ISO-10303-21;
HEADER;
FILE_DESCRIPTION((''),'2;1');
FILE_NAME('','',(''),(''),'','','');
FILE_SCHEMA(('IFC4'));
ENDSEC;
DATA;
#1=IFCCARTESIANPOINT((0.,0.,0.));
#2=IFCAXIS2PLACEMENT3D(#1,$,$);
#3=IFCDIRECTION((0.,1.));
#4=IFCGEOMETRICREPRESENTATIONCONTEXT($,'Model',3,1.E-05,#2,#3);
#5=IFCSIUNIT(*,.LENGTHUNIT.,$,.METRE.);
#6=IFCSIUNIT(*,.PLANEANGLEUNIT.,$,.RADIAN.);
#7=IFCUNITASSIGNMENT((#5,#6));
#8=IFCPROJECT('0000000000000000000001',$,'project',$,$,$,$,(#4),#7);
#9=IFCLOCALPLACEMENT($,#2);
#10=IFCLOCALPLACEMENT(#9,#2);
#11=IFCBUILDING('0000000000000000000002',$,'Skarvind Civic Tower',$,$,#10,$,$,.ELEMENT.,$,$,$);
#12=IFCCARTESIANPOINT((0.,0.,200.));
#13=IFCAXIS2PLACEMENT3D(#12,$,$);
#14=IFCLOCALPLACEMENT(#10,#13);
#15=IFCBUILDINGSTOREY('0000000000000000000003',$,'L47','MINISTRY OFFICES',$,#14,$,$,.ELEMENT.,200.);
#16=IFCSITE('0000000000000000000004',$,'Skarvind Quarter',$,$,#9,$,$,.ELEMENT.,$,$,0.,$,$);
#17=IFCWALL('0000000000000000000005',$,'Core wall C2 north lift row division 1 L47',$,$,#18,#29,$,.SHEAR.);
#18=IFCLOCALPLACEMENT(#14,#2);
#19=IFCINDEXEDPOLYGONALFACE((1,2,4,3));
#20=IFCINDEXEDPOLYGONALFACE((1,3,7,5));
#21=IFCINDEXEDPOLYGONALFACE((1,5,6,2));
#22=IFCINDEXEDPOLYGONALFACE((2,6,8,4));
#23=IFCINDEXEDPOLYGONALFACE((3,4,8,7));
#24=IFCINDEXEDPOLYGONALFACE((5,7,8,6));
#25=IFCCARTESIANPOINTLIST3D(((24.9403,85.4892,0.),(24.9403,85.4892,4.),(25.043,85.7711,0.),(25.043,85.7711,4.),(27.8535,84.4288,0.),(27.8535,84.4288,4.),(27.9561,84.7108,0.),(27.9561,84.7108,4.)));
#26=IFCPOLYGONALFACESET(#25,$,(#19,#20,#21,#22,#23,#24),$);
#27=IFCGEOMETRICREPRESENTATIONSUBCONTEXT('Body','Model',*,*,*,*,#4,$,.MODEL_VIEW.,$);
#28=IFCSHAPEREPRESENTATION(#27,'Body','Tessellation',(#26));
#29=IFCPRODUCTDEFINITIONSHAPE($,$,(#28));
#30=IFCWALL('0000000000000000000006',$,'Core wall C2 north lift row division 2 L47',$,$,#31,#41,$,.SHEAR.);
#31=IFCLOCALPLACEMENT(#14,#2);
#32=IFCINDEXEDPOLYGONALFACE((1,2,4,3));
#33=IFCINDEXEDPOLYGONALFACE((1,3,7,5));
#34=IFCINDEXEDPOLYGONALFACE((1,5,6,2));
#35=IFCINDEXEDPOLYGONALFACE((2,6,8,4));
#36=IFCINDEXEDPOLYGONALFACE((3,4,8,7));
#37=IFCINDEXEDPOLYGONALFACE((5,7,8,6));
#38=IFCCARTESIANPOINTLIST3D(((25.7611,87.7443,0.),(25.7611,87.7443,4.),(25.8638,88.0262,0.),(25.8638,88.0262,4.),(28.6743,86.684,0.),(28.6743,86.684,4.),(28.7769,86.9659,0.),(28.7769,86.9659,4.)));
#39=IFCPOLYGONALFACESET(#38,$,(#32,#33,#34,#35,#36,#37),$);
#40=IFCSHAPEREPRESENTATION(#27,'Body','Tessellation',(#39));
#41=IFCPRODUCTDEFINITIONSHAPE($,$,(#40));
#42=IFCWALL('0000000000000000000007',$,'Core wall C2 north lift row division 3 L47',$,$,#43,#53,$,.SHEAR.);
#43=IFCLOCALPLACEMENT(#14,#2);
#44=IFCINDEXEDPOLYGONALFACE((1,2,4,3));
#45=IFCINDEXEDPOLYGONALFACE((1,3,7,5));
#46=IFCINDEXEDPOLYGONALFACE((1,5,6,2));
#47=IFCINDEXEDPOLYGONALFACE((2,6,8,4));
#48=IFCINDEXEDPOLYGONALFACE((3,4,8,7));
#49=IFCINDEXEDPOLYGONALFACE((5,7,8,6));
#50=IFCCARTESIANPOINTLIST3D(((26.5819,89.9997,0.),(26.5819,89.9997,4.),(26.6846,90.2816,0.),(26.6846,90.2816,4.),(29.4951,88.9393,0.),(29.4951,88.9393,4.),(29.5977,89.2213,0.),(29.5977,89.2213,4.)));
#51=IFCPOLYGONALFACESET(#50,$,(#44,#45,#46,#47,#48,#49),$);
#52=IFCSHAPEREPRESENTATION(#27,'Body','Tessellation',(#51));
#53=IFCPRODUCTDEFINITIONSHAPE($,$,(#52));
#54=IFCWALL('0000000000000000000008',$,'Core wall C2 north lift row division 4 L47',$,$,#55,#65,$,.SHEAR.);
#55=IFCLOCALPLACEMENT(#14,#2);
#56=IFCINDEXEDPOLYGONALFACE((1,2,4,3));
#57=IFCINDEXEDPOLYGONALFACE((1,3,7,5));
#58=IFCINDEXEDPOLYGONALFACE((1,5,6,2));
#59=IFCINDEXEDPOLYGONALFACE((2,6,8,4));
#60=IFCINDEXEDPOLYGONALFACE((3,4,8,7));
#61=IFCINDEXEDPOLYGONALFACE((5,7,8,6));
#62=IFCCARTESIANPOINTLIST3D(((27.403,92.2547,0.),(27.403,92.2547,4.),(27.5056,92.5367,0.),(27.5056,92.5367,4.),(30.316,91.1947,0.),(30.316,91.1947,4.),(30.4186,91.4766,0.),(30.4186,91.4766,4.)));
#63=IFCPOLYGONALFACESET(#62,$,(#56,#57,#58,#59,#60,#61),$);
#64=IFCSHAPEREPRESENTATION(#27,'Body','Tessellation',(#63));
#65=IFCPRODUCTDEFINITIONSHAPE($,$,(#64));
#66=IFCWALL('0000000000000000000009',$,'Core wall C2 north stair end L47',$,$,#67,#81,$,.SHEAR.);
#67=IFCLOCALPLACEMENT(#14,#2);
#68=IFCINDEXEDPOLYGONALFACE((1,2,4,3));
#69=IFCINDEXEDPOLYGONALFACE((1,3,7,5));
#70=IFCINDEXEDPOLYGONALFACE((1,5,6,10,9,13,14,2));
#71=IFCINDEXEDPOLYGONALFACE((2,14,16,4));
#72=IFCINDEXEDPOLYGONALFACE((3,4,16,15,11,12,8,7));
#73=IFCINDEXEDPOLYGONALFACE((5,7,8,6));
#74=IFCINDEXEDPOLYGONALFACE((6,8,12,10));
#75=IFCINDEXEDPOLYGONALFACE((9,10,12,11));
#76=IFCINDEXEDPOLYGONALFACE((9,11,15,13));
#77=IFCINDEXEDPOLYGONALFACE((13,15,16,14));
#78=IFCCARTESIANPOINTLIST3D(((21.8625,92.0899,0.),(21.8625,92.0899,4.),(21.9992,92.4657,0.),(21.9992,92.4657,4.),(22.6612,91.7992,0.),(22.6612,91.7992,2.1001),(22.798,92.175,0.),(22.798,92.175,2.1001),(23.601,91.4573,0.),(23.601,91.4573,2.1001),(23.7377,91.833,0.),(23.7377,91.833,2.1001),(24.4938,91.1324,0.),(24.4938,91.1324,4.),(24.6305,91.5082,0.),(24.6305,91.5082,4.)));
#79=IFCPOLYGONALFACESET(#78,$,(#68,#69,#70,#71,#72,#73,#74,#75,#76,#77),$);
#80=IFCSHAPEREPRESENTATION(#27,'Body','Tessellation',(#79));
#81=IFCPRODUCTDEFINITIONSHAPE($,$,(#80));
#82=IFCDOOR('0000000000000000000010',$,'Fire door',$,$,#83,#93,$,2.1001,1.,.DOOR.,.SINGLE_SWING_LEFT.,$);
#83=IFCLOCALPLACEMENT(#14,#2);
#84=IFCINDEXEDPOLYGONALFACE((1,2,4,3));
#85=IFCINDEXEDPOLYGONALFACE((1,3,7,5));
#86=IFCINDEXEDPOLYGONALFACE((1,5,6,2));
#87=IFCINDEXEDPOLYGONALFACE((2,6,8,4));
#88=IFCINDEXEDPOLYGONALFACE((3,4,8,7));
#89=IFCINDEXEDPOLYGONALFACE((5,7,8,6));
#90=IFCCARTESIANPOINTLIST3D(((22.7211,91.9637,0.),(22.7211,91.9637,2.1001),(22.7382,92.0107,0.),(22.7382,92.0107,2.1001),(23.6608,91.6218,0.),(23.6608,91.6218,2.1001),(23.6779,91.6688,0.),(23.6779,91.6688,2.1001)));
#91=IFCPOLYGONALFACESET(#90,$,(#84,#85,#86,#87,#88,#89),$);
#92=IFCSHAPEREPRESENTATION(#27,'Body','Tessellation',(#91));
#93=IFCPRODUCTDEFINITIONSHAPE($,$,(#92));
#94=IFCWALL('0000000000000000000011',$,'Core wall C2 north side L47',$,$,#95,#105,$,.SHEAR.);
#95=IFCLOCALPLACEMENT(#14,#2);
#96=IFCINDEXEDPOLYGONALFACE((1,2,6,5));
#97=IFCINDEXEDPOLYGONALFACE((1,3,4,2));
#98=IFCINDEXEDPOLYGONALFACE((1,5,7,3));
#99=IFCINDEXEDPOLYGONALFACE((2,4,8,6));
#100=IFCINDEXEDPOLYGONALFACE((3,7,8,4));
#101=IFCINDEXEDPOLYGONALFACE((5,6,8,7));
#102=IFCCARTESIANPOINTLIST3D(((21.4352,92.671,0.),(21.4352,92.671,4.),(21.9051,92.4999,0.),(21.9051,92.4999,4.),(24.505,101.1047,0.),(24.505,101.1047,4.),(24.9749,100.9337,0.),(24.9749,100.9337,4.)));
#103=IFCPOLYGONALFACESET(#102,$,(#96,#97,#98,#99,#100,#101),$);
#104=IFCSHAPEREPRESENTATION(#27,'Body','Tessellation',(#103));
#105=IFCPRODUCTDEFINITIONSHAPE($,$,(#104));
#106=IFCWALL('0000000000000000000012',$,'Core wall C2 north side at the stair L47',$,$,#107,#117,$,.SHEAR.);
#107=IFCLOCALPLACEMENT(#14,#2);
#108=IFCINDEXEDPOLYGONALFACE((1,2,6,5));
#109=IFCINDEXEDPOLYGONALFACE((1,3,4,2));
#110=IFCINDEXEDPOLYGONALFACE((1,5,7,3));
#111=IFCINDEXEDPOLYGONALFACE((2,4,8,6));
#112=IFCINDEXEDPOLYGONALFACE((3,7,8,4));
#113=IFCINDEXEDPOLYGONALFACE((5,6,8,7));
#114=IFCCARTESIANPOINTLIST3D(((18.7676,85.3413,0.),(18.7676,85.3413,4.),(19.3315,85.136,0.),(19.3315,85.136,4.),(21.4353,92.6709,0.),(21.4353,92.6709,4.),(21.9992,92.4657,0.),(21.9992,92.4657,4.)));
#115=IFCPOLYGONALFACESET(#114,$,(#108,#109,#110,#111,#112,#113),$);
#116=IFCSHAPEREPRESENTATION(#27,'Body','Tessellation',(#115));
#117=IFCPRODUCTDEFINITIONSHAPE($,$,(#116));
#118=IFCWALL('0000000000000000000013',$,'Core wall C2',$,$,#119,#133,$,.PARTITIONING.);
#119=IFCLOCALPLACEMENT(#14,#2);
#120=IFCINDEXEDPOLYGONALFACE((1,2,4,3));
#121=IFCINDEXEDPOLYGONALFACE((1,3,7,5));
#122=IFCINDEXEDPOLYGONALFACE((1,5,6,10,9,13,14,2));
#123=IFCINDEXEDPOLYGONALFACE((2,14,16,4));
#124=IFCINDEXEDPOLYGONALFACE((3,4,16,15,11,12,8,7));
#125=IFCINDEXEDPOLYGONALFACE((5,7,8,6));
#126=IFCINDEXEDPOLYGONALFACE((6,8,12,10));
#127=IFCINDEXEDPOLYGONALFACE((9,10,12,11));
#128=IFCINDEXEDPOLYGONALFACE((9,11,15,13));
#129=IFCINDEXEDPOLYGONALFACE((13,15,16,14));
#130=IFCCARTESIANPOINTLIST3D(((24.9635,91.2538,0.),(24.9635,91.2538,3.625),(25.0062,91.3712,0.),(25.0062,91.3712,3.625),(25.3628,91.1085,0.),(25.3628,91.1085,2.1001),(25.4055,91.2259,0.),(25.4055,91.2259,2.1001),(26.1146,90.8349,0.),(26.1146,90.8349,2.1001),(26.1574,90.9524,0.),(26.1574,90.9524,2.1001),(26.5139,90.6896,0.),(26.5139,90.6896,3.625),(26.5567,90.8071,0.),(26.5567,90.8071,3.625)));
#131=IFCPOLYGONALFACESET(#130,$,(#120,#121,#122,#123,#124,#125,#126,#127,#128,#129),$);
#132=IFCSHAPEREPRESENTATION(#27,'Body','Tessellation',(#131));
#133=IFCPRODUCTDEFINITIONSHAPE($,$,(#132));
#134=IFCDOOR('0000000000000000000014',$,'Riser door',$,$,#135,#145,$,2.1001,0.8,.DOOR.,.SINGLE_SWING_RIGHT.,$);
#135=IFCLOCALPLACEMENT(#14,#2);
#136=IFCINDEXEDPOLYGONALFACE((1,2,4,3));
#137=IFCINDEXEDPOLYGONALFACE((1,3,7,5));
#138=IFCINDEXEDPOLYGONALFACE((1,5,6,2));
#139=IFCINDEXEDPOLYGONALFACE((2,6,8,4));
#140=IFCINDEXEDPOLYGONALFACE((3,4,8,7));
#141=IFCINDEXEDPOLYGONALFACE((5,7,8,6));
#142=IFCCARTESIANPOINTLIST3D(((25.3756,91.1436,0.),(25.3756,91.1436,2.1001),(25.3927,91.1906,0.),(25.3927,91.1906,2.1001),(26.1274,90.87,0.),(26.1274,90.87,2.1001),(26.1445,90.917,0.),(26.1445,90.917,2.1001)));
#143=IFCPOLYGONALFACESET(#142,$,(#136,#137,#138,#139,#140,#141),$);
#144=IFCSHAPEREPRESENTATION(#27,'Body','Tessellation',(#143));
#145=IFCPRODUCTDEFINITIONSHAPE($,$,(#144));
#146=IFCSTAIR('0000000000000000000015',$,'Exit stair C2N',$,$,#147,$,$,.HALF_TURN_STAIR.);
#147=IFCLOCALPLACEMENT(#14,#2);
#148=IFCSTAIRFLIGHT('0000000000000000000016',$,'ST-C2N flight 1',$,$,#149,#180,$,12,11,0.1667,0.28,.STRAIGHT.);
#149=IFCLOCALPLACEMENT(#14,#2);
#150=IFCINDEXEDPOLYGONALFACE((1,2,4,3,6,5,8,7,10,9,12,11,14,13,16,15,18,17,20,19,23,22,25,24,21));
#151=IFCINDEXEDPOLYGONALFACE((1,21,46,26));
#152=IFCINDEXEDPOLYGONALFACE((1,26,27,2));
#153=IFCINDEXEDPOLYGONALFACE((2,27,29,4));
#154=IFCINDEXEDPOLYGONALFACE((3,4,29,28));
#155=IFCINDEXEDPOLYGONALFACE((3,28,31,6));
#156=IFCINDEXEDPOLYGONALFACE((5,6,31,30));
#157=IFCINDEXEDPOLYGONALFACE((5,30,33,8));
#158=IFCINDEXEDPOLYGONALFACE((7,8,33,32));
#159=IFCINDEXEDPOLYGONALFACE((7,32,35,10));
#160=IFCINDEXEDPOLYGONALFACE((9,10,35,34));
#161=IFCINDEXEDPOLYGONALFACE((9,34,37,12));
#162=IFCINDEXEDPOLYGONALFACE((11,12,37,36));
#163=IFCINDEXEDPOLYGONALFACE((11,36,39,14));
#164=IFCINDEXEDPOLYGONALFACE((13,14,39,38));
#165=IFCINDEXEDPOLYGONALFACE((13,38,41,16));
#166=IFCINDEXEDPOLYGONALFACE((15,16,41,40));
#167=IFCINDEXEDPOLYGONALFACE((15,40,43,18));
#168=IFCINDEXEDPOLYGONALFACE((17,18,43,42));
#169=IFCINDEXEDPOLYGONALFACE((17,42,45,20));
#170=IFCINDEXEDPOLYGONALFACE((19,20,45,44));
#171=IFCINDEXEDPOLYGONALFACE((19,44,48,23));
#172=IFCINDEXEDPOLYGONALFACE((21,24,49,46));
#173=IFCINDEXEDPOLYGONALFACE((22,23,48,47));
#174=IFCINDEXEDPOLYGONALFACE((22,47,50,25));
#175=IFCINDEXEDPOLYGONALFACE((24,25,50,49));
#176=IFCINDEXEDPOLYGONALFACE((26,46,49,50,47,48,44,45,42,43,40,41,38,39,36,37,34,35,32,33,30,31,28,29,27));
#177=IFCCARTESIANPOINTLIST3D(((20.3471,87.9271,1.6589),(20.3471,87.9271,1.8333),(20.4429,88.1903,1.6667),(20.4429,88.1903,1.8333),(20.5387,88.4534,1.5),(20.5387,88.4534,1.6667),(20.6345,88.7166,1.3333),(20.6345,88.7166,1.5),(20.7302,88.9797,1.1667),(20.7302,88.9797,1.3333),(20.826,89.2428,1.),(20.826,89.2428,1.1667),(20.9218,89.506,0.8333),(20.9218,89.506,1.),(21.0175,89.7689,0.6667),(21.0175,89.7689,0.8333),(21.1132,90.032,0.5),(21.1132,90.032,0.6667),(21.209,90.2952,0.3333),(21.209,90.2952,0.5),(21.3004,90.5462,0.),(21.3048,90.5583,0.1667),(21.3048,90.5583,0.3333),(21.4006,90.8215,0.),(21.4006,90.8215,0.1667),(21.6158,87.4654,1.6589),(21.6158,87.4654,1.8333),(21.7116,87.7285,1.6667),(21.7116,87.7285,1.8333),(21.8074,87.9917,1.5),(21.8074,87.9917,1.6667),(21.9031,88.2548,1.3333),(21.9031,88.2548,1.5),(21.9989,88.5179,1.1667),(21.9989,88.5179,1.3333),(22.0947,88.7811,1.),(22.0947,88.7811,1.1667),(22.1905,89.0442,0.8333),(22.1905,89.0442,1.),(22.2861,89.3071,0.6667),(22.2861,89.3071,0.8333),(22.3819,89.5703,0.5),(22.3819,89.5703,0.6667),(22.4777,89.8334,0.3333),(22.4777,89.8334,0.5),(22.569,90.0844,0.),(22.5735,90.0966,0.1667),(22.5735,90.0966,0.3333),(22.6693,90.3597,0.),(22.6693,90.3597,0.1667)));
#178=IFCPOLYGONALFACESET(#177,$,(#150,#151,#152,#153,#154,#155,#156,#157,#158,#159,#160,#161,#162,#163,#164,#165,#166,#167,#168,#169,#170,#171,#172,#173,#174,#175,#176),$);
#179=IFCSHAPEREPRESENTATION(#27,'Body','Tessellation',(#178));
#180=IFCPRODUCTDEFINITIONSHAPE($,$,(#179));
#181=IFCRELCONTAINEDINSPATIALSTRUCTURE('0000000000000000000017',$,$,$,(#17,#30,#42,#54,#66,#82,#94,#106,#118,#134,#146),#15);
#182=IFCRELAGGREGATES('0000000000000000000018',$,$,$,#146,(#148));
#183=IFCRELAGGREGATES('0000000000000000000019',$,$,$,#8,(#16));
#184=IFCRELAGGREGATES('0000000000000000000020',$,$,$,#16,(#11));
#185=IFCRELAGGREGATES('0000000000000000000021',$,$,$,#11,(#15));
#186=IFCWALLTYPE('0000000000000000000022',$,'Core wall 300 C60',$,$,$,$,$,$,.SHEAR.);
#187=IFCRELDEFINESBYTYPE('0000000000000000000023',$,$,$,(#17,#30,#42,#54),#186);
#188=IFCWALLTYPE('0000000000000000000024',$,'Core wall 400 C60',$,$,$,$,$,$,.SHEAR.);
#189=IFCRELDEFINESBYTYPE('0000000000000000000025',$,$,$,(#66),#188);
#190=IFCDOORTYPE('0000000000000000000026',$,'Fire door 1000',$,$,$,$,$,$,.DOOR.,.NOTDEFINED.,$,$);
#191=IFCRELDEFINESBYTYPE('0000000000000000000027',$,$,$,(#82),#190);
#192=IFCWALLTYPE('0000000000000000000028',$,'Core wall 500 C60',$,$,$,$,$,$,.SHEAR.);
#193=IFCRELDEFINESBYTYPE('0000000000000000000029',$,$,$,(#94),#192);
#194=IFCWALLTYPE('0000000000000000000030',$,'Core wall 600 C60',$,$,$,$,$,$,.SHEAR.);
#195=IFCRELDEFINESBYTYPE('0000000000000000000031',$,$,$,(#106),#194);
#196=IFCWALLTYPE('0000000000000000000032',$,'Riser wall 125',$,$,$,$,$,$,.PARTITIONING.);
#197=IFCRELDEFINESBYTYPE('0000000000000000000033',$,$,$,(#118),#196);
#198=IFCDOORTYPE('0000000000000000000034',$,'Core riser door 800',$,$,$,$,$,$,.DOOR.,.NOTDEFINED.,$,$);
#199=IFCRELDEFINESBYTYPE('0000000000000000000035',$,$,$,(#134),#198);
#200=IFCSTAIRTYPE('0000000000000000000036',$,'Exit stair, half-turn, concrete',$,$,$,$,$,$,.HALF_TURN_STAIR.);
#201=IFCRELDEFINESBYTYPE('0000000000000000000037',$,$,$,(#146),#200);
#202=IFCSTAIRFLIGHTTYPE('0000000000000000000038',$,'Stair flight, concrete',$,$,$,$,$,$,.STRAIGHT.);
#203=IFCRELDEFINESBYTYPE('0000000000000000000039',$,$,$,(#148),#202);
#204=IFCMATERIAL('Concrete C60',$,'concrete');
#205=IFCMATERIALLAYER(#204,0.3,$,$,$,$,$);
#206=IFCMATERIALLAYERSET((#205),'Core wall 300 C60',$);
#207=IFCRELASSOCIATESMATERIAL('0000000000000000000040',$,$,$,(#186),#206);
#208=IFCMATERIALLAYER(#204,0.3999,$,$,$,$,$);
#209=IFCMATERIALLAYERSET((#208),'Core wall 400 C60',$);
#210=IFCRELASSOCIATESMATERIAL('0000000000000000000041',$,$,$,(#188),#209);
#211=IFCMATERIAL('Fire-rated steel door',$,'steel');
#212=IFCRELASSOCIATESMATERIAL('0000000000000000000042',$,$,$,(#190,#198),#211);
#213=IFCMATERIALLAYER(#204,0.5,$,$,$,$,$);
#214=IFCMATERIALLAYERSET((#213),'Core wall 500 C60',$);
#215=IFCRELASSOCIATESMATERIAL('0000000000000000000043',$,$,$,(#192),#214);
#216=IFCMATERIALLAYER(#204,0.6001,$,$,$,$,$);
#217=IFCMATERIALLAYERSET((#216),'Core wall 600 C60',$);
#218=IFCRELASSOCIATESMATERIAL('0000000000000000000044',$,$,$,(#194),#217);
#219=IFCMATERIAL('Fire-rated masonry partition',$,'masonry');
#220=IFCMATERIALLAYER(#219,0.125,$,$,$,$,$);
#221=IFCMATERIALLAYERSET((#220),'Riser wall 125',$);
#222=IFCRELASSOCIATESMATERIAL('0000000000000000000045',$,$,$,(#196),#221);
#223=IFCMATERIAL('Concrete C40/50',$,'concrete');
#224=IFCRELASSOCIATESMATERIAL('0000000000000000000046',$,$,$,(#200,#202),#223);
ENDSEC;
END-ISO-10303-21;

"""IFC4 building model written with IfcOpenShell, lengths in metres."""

from ifc_helpers import new_model, si_unit, direction, frame, frame_2d, origin, place, context, subcontext, project, spatial, polyline, rectangle, outline, extrude, material, layer, layer_set, type_object, element, fill, aggregate, save


model = new_model("IFC4")

# Units and contexts
model_context = context("Model", 3, precision=1e-05, world=origin(), true_north=direction((0.0, 1.0)))
body_context = subcontext(model_context, "Body", "Model", "MODEL_VIEW")
ifc_project = project(units=[si_unit("LENGTHUNIT", "METRE"), si_unit("PLANEANGLEUNIT", "RADIAN")], contexts=[model_context])

# Site, building, storey
site_placement = place(None, origin())
site = spatial("IfcSite", under=ifc_project, at=site_placement, Name="Skarvind Quarter", CompositionType="ELEMENT", RefElevation=0.0)
building_placement = place(site_placement, origin())
building = spatial("IfcBuilding", under=site, at=building_placement, Name="Skarvind Civic Tower", CompositionType="ELEMENT")
storey_placement = place(building_placement, frame((0.0, 0.0, 200.0)))
storey = spatial("IfcBuildingStorey", under=building, at=storey_placement, Name="L47", Description="MINISTRY OFFICES", CompositionType="ELEMENT", Elevation=200.0)

# Walls
ifc_material_1 = material(Name="Concrete C60", Category="concrete")
ifc_layer_1 = layer(ifc_material_1, 0.3)
ifc_layer_set_1 = layer_set([ifc_layer_1], Name="Core wall 300 C60")
wall_type_1 = type_object("IfcWallType", Name="Core wall 300 C60", PredefinedType="SHEAR", material=ifc_layer_set_1)
for number, where, z_axis, x_axis, name in (
    (1, (27.9048, 84.5698, 0.0), (0.0, 0.0, 1.0), (-0.93969, 0.342028, 0.0), "Core wall C2 north lift row division 1 L47"),
    (2, (28.7256, 86.825, 0.0), (0.0, 0.0, 1.0), (-0.93969, 0.342028, 0.0), "Core wall C2 north lift row division 2 L47"),
    (3, (29.5464, 89.0803, 0.0), (0.0, 0.0, 1.0), (-0.93969, 0.342028, 0.0), "Core wall C2 north lift row division 3 L47"),
):
    element("IfcWall", number, at=place(storey_placement, frame(where, z_axis=z_axis, x_axis=x_axis)), inside=storey, type_object=wall_type_1, Name=name, PredefinedType="SHEAR", context=body_context, shape_type="SweptSolid", body=[
        extrude(rectangle(XDim=3.1001, YDim=0.3, at=frame_2d((1.55, 0.0))), origin(), (0.0, 0.0, 1.0), 4.0),
    ])
wall_1_placement = place(storey_placement, frame((30.3672, 91.3357, 0.0), z_axis=(0.0, 0.0, 1.0), x_axis=(-0.939715, 0.341958, 0.0)))
element("IfcWall", 4, at=wall_1_placement, inside=storey, type_object=wall_type_1, Name="Core wall C2 north lift row division 4 L47", PredefinedType="SHEAR", context=body_context, shape_type="SweptSolid", body=[
    extrude(rectangle(XDim=3.0999, YDim=0.3, at=frame_2d((1.5498, 0.0))), origin(), (0.0, 0.0, 1.0), 4.0),
])

# Wall, opening, door
ifc_layer_2 = layer(ifc_material_1, 0.3999)
ifc_layer_set_2 = layer_set([ifc_layer_2], Name="Core wall 400 C60")
wall_type_2 = type_object("IfcWallType", Name="Core wall 400 C60", PredefinedType="SHEAR", material=ifc_layer_set_2)
wall_2_placement = place(storey_placement, frame((24.562, 91.3203, 0.0), z_axis=(0.0, 0.0, 1.0), x_axis=(-0.939717, 0.341953, 0.0)))
wall_2 = element("IfcWall", 5, at=wall_2_placement, inside=storey, type_object=wall_type_2, Name="Core wall C2 north stair end L47", PredefinedType="SHEAR", context=body_context, shape_type="SweptSolid", body=[
    extrude(rectangle(XDim=2.8, YDim=0.3999, at=frame_2d((1.3999, 0.0))), origin(), (0.0, 0.0, 1.0), 4.0),
])
opening_1_placement = place(wall_2_placement, frame((0.95, 0.0, 0.0)))
opening_1 = element("IfcOpeningElement", 6, at=opening_1_placement, cuts=wall_2, PredefinedType="OPENING", context=body_context, shape_type="SweptSolid", body=[
    extrude(rectangle(XDim=1.0, YDim=2.1001, at=frame_2d((0.5, 1.05))), frame((0.0, 0.21, 0.0), z_axis=(0.0, -1.0, 0.0), x_axis=(1.0, 0.0, 0.0)), (0.0, 0.0, 1.0), 0.4199),
])
ifc_material_2 = material(Name="Fire-rated steel door", Category="steel")
door_type_1 = type_object("IfcDoorType", Name="Fire door 1000", OperationType="NOTDEFINED", PredefinedType="DOOR", material=ifc_material_2)
door_1_placement = place(opening_1_placement, origin())
door_1 = element("IfcDoor", 7, at=door_1_placement, inside=storey, type_object=door_type_1, Name="Fire door", OperationType="SINGLE_SWING_LEFT", OverallHeight=2.1001, OverallWidth=1.0, PredefinedType="DOOR", context=body_context, shape_type="SweptSolid", body=[
    extrude(rectangle(XDim=1.0, YDim=2.1001, at=frame_2d((0.5, 1.05))), frame((0.0, 0.0249, 0.0), z_axis=(0.0, -1.0, 0.0), x_axis=(1.0, 0.0, 0.0)), (0.0, 0.0, 1.0), 0.05),
])
fill(opening_1, door_1)

# Walls
ifc_layer_3 = layer(ifc_material_1, 0.5)
ifc_layer_set_3 = layer_set([ifc_layer_3], Name="Core wall 500 C60")
wall_type_3 = type_object("IfcWallType", Name="Core wall 500 C60", PredefinedType="SHEAR", material=ifc_layer_set_3)
wall_3_placement = place(storey_placement, frame((21.6702, 92.5854, 0.0), z_axis=(0.0, 0.0, 1.0), x_axis=(0.342036, 0.939687, 0.0)))
element("IfcWall", 8, at=wall_3_placement, inside=storey, type_object=wall_type_3, Name="Core wall C2 north side L47", PredefinedType="SHEAR", context=body_context, shape_type="SweptSolid", body=[
    extrude(rectangle(XDim=8.9751, YDim=0.5, at=frame_2d((4.4875, 0.0))), origin(), (0.0, 0.0, 1.0), 4.0),
])
ifc_layer_4 = layer(ifc_material_1, 0.6001)
ifc_layer_set_4 = layer_set([ifc_layer_4], Name="Core wall 600 C60")
wall_type_4 = type_object("IfcWallType", Name="Core wall 600 C60", PredefinedType="SHEAR", material=ifc_layer_set_4)
wall_4_placement = place(storey_placement, frame((19.0496, 85.2388, 0.0), z_axis=(0.0, 0.0, 1.0), x_axis=(0.342017, 0.939694, 0.0)))
element("IfcWall", 9, at=wall_4_placement, inside=storey, type_object=wall_type_4, Name="Core wall C2 north side at the stair L47", PredefinedType="SHEAR", context=body_context, shape_type="SweptSolid", body=[
    extrude(rectangle(XDim=7.8, YDim=0.6001, at=frame_2d((3.8999, 0.0))), origin(), (0.0, 0.0, 1.0), 4.0),
])

# Wall, opening, door
ifc_material_3 = material(Name="Fire-rated masonry partition", Category="masonry")
ifc_layer_5 = layer(ifc_material_3, 0.125)
ifc_layer_set_5 = layer_set([ifc_layer_5], Name="Riser wall 125")
wall_type_5 = type_object("IfcWallType", Name="Riser wall 125", PredefinedType="PARTITIONING", material=ifc_layer_set_5)
wall_5_placement = place(storey_placement, frame((24.9849, 91.3125, 0.0), z_axis=(0.0, 0.0, 1.0), x_axis=(0.93972, -0.341945, 0.0)))
wall_5 = element("IfcWall", 10, at=wall_5_placement, inside=storey, type_object=wall_type_5, Name="Core wall C2", PredefinedType="PARTITIONING", context=body_context, shape_type="SweptSolid", body=[
    extrude(rectangle(XDim=1.6499, YDim=0.125, at=frame_2d((0.825, 0.0))), origin(), (0.0, 0.0, 1.0), 3.625),
])
opening_2_placement = place(wall_5_placement, frame((0.425, 0.0, 0.0)))
opening_2 = element("IfcOpeningElement", 11, at=opening_2_placement, cuts=wall_5, PredefinedType="OPENING", context=body_context, shape_type="SweptSolid", body=[
    extrude(rectangle(XDim=0.8, YDim=2.1001, at=frame_2d((0.3999, 1.05))), frame((0.0, 0.0725, 0.0), z_axis=(0.0, -1.0, 0.0), x_axis=(1.0, 0.0, 0.0)), (0.0, 0.0, 1.0), 0.145),
])
door_type_2 = type_object("IfcDoorType", Name="Core riser door 800", OperationType="NOTDEFINED", PredefinedType="DOOR", material=ifc_material_2)
door_2_placement = place(opening_2_placement, origin())
door_2 = element("IfcDoor", 12, at=door_2_placement, inside=storey, type_object=door_type_2, Name="Riser door", OperationType="SINGLE_SWING_RIGHT", OverallHeight=2.1001, OverallWidth=0.8, PredefinedType="DOOR", context=body_context, shape_type="SweptSolid", body=[
    extrude(rectangle(XDim=0.8, YDim=2.1001, at=frame_2d((0.3999, 1.05))), frame((0.0, 0.0249, 0.0), z_axis=(0.0, -1.0, 0.0), x_axis=(1.0, 0.0, 0.0)), (0.0, 0.0, 1.0), 0.05),
])
fill(opening_2, door_2)

# Stair, stair flight
ifc_material_4 = material(Name="Concrete C40/50", Category="concrete")
stair_type = type_object("IfcStairType", Name="Exit stair, half-turn, concrete", PredefinedType="HALF_TURN_STAIR", material=ifc_material_4)
stair_placement = place(storey_placement, origin())
stair = element("IfcStair", 13, at=stair_placement, inside=storey, type_object=stair_type, Name="Exit stair C2N", PredefinedType="HALF_TURN_STAIR")
stair_flight_type = type_object("IfcStairFlightType", Name="Stair flight, concrete", PredefinedType="STRAIGHT", material=ifc_material_4)
stair_flight_1_placement = place(storey_placement, frame((22.0349, 90.5906, 0.0), z_axis=(0.0, 0.0, 1.0), x_axis=(-0.34202, -0.939693, 0.0)))
stair_flight_1 = element("IfcStairFlight", 14, at=stair_flight_1_placement, type_object=stair_flight_type, Name="ST-C2N flight 1", NumberOfRisers=12, NumberOfTreads=11, PredefinedType="STRAIGHT", RiserHeight=0.1667, TreadLength=0.28, context=body_context, shape_type="SweptSolid", body=[
    extrude(outline(polyline([(0.0, 0.0), (0.0, 0.1667), (0.28, 0.1667), (0.28, 0.3333), (0.5601, 0.3333), (0.5601, 0.5), (0.8401, 0.5), (0.8401, 0.6667), (1.1201, 0.6667), (1.1201, 0.8333), (1.3999, 0.8333), (1.3999, 1.0), (1.6799, 1.0), (1.6799, 1.1667), (1.96, 1.1667), (1.96, 1.3333), (2.24, 1.3333), (2.24, 1.5), (2.52, 1.5), (2.52, 1.6667), (2.8, 1.6667), (2.8, 1.8333), (3.0801, 1.8333), (3.0801, 2.0), (3.0801, 1.6589), (0.293, 0.0), (0.0, 0.0)])), frame((0.0, 0.675, 0.0), z_axis=(0.0, -1.0, 0.0), x_axis=(1.0, 0.0, 0.0)), (0.0, 0.0, 1.0), 1.3501),
])
aggregate(stair, [stair_flight_1])

save(model, "model.ifc")
